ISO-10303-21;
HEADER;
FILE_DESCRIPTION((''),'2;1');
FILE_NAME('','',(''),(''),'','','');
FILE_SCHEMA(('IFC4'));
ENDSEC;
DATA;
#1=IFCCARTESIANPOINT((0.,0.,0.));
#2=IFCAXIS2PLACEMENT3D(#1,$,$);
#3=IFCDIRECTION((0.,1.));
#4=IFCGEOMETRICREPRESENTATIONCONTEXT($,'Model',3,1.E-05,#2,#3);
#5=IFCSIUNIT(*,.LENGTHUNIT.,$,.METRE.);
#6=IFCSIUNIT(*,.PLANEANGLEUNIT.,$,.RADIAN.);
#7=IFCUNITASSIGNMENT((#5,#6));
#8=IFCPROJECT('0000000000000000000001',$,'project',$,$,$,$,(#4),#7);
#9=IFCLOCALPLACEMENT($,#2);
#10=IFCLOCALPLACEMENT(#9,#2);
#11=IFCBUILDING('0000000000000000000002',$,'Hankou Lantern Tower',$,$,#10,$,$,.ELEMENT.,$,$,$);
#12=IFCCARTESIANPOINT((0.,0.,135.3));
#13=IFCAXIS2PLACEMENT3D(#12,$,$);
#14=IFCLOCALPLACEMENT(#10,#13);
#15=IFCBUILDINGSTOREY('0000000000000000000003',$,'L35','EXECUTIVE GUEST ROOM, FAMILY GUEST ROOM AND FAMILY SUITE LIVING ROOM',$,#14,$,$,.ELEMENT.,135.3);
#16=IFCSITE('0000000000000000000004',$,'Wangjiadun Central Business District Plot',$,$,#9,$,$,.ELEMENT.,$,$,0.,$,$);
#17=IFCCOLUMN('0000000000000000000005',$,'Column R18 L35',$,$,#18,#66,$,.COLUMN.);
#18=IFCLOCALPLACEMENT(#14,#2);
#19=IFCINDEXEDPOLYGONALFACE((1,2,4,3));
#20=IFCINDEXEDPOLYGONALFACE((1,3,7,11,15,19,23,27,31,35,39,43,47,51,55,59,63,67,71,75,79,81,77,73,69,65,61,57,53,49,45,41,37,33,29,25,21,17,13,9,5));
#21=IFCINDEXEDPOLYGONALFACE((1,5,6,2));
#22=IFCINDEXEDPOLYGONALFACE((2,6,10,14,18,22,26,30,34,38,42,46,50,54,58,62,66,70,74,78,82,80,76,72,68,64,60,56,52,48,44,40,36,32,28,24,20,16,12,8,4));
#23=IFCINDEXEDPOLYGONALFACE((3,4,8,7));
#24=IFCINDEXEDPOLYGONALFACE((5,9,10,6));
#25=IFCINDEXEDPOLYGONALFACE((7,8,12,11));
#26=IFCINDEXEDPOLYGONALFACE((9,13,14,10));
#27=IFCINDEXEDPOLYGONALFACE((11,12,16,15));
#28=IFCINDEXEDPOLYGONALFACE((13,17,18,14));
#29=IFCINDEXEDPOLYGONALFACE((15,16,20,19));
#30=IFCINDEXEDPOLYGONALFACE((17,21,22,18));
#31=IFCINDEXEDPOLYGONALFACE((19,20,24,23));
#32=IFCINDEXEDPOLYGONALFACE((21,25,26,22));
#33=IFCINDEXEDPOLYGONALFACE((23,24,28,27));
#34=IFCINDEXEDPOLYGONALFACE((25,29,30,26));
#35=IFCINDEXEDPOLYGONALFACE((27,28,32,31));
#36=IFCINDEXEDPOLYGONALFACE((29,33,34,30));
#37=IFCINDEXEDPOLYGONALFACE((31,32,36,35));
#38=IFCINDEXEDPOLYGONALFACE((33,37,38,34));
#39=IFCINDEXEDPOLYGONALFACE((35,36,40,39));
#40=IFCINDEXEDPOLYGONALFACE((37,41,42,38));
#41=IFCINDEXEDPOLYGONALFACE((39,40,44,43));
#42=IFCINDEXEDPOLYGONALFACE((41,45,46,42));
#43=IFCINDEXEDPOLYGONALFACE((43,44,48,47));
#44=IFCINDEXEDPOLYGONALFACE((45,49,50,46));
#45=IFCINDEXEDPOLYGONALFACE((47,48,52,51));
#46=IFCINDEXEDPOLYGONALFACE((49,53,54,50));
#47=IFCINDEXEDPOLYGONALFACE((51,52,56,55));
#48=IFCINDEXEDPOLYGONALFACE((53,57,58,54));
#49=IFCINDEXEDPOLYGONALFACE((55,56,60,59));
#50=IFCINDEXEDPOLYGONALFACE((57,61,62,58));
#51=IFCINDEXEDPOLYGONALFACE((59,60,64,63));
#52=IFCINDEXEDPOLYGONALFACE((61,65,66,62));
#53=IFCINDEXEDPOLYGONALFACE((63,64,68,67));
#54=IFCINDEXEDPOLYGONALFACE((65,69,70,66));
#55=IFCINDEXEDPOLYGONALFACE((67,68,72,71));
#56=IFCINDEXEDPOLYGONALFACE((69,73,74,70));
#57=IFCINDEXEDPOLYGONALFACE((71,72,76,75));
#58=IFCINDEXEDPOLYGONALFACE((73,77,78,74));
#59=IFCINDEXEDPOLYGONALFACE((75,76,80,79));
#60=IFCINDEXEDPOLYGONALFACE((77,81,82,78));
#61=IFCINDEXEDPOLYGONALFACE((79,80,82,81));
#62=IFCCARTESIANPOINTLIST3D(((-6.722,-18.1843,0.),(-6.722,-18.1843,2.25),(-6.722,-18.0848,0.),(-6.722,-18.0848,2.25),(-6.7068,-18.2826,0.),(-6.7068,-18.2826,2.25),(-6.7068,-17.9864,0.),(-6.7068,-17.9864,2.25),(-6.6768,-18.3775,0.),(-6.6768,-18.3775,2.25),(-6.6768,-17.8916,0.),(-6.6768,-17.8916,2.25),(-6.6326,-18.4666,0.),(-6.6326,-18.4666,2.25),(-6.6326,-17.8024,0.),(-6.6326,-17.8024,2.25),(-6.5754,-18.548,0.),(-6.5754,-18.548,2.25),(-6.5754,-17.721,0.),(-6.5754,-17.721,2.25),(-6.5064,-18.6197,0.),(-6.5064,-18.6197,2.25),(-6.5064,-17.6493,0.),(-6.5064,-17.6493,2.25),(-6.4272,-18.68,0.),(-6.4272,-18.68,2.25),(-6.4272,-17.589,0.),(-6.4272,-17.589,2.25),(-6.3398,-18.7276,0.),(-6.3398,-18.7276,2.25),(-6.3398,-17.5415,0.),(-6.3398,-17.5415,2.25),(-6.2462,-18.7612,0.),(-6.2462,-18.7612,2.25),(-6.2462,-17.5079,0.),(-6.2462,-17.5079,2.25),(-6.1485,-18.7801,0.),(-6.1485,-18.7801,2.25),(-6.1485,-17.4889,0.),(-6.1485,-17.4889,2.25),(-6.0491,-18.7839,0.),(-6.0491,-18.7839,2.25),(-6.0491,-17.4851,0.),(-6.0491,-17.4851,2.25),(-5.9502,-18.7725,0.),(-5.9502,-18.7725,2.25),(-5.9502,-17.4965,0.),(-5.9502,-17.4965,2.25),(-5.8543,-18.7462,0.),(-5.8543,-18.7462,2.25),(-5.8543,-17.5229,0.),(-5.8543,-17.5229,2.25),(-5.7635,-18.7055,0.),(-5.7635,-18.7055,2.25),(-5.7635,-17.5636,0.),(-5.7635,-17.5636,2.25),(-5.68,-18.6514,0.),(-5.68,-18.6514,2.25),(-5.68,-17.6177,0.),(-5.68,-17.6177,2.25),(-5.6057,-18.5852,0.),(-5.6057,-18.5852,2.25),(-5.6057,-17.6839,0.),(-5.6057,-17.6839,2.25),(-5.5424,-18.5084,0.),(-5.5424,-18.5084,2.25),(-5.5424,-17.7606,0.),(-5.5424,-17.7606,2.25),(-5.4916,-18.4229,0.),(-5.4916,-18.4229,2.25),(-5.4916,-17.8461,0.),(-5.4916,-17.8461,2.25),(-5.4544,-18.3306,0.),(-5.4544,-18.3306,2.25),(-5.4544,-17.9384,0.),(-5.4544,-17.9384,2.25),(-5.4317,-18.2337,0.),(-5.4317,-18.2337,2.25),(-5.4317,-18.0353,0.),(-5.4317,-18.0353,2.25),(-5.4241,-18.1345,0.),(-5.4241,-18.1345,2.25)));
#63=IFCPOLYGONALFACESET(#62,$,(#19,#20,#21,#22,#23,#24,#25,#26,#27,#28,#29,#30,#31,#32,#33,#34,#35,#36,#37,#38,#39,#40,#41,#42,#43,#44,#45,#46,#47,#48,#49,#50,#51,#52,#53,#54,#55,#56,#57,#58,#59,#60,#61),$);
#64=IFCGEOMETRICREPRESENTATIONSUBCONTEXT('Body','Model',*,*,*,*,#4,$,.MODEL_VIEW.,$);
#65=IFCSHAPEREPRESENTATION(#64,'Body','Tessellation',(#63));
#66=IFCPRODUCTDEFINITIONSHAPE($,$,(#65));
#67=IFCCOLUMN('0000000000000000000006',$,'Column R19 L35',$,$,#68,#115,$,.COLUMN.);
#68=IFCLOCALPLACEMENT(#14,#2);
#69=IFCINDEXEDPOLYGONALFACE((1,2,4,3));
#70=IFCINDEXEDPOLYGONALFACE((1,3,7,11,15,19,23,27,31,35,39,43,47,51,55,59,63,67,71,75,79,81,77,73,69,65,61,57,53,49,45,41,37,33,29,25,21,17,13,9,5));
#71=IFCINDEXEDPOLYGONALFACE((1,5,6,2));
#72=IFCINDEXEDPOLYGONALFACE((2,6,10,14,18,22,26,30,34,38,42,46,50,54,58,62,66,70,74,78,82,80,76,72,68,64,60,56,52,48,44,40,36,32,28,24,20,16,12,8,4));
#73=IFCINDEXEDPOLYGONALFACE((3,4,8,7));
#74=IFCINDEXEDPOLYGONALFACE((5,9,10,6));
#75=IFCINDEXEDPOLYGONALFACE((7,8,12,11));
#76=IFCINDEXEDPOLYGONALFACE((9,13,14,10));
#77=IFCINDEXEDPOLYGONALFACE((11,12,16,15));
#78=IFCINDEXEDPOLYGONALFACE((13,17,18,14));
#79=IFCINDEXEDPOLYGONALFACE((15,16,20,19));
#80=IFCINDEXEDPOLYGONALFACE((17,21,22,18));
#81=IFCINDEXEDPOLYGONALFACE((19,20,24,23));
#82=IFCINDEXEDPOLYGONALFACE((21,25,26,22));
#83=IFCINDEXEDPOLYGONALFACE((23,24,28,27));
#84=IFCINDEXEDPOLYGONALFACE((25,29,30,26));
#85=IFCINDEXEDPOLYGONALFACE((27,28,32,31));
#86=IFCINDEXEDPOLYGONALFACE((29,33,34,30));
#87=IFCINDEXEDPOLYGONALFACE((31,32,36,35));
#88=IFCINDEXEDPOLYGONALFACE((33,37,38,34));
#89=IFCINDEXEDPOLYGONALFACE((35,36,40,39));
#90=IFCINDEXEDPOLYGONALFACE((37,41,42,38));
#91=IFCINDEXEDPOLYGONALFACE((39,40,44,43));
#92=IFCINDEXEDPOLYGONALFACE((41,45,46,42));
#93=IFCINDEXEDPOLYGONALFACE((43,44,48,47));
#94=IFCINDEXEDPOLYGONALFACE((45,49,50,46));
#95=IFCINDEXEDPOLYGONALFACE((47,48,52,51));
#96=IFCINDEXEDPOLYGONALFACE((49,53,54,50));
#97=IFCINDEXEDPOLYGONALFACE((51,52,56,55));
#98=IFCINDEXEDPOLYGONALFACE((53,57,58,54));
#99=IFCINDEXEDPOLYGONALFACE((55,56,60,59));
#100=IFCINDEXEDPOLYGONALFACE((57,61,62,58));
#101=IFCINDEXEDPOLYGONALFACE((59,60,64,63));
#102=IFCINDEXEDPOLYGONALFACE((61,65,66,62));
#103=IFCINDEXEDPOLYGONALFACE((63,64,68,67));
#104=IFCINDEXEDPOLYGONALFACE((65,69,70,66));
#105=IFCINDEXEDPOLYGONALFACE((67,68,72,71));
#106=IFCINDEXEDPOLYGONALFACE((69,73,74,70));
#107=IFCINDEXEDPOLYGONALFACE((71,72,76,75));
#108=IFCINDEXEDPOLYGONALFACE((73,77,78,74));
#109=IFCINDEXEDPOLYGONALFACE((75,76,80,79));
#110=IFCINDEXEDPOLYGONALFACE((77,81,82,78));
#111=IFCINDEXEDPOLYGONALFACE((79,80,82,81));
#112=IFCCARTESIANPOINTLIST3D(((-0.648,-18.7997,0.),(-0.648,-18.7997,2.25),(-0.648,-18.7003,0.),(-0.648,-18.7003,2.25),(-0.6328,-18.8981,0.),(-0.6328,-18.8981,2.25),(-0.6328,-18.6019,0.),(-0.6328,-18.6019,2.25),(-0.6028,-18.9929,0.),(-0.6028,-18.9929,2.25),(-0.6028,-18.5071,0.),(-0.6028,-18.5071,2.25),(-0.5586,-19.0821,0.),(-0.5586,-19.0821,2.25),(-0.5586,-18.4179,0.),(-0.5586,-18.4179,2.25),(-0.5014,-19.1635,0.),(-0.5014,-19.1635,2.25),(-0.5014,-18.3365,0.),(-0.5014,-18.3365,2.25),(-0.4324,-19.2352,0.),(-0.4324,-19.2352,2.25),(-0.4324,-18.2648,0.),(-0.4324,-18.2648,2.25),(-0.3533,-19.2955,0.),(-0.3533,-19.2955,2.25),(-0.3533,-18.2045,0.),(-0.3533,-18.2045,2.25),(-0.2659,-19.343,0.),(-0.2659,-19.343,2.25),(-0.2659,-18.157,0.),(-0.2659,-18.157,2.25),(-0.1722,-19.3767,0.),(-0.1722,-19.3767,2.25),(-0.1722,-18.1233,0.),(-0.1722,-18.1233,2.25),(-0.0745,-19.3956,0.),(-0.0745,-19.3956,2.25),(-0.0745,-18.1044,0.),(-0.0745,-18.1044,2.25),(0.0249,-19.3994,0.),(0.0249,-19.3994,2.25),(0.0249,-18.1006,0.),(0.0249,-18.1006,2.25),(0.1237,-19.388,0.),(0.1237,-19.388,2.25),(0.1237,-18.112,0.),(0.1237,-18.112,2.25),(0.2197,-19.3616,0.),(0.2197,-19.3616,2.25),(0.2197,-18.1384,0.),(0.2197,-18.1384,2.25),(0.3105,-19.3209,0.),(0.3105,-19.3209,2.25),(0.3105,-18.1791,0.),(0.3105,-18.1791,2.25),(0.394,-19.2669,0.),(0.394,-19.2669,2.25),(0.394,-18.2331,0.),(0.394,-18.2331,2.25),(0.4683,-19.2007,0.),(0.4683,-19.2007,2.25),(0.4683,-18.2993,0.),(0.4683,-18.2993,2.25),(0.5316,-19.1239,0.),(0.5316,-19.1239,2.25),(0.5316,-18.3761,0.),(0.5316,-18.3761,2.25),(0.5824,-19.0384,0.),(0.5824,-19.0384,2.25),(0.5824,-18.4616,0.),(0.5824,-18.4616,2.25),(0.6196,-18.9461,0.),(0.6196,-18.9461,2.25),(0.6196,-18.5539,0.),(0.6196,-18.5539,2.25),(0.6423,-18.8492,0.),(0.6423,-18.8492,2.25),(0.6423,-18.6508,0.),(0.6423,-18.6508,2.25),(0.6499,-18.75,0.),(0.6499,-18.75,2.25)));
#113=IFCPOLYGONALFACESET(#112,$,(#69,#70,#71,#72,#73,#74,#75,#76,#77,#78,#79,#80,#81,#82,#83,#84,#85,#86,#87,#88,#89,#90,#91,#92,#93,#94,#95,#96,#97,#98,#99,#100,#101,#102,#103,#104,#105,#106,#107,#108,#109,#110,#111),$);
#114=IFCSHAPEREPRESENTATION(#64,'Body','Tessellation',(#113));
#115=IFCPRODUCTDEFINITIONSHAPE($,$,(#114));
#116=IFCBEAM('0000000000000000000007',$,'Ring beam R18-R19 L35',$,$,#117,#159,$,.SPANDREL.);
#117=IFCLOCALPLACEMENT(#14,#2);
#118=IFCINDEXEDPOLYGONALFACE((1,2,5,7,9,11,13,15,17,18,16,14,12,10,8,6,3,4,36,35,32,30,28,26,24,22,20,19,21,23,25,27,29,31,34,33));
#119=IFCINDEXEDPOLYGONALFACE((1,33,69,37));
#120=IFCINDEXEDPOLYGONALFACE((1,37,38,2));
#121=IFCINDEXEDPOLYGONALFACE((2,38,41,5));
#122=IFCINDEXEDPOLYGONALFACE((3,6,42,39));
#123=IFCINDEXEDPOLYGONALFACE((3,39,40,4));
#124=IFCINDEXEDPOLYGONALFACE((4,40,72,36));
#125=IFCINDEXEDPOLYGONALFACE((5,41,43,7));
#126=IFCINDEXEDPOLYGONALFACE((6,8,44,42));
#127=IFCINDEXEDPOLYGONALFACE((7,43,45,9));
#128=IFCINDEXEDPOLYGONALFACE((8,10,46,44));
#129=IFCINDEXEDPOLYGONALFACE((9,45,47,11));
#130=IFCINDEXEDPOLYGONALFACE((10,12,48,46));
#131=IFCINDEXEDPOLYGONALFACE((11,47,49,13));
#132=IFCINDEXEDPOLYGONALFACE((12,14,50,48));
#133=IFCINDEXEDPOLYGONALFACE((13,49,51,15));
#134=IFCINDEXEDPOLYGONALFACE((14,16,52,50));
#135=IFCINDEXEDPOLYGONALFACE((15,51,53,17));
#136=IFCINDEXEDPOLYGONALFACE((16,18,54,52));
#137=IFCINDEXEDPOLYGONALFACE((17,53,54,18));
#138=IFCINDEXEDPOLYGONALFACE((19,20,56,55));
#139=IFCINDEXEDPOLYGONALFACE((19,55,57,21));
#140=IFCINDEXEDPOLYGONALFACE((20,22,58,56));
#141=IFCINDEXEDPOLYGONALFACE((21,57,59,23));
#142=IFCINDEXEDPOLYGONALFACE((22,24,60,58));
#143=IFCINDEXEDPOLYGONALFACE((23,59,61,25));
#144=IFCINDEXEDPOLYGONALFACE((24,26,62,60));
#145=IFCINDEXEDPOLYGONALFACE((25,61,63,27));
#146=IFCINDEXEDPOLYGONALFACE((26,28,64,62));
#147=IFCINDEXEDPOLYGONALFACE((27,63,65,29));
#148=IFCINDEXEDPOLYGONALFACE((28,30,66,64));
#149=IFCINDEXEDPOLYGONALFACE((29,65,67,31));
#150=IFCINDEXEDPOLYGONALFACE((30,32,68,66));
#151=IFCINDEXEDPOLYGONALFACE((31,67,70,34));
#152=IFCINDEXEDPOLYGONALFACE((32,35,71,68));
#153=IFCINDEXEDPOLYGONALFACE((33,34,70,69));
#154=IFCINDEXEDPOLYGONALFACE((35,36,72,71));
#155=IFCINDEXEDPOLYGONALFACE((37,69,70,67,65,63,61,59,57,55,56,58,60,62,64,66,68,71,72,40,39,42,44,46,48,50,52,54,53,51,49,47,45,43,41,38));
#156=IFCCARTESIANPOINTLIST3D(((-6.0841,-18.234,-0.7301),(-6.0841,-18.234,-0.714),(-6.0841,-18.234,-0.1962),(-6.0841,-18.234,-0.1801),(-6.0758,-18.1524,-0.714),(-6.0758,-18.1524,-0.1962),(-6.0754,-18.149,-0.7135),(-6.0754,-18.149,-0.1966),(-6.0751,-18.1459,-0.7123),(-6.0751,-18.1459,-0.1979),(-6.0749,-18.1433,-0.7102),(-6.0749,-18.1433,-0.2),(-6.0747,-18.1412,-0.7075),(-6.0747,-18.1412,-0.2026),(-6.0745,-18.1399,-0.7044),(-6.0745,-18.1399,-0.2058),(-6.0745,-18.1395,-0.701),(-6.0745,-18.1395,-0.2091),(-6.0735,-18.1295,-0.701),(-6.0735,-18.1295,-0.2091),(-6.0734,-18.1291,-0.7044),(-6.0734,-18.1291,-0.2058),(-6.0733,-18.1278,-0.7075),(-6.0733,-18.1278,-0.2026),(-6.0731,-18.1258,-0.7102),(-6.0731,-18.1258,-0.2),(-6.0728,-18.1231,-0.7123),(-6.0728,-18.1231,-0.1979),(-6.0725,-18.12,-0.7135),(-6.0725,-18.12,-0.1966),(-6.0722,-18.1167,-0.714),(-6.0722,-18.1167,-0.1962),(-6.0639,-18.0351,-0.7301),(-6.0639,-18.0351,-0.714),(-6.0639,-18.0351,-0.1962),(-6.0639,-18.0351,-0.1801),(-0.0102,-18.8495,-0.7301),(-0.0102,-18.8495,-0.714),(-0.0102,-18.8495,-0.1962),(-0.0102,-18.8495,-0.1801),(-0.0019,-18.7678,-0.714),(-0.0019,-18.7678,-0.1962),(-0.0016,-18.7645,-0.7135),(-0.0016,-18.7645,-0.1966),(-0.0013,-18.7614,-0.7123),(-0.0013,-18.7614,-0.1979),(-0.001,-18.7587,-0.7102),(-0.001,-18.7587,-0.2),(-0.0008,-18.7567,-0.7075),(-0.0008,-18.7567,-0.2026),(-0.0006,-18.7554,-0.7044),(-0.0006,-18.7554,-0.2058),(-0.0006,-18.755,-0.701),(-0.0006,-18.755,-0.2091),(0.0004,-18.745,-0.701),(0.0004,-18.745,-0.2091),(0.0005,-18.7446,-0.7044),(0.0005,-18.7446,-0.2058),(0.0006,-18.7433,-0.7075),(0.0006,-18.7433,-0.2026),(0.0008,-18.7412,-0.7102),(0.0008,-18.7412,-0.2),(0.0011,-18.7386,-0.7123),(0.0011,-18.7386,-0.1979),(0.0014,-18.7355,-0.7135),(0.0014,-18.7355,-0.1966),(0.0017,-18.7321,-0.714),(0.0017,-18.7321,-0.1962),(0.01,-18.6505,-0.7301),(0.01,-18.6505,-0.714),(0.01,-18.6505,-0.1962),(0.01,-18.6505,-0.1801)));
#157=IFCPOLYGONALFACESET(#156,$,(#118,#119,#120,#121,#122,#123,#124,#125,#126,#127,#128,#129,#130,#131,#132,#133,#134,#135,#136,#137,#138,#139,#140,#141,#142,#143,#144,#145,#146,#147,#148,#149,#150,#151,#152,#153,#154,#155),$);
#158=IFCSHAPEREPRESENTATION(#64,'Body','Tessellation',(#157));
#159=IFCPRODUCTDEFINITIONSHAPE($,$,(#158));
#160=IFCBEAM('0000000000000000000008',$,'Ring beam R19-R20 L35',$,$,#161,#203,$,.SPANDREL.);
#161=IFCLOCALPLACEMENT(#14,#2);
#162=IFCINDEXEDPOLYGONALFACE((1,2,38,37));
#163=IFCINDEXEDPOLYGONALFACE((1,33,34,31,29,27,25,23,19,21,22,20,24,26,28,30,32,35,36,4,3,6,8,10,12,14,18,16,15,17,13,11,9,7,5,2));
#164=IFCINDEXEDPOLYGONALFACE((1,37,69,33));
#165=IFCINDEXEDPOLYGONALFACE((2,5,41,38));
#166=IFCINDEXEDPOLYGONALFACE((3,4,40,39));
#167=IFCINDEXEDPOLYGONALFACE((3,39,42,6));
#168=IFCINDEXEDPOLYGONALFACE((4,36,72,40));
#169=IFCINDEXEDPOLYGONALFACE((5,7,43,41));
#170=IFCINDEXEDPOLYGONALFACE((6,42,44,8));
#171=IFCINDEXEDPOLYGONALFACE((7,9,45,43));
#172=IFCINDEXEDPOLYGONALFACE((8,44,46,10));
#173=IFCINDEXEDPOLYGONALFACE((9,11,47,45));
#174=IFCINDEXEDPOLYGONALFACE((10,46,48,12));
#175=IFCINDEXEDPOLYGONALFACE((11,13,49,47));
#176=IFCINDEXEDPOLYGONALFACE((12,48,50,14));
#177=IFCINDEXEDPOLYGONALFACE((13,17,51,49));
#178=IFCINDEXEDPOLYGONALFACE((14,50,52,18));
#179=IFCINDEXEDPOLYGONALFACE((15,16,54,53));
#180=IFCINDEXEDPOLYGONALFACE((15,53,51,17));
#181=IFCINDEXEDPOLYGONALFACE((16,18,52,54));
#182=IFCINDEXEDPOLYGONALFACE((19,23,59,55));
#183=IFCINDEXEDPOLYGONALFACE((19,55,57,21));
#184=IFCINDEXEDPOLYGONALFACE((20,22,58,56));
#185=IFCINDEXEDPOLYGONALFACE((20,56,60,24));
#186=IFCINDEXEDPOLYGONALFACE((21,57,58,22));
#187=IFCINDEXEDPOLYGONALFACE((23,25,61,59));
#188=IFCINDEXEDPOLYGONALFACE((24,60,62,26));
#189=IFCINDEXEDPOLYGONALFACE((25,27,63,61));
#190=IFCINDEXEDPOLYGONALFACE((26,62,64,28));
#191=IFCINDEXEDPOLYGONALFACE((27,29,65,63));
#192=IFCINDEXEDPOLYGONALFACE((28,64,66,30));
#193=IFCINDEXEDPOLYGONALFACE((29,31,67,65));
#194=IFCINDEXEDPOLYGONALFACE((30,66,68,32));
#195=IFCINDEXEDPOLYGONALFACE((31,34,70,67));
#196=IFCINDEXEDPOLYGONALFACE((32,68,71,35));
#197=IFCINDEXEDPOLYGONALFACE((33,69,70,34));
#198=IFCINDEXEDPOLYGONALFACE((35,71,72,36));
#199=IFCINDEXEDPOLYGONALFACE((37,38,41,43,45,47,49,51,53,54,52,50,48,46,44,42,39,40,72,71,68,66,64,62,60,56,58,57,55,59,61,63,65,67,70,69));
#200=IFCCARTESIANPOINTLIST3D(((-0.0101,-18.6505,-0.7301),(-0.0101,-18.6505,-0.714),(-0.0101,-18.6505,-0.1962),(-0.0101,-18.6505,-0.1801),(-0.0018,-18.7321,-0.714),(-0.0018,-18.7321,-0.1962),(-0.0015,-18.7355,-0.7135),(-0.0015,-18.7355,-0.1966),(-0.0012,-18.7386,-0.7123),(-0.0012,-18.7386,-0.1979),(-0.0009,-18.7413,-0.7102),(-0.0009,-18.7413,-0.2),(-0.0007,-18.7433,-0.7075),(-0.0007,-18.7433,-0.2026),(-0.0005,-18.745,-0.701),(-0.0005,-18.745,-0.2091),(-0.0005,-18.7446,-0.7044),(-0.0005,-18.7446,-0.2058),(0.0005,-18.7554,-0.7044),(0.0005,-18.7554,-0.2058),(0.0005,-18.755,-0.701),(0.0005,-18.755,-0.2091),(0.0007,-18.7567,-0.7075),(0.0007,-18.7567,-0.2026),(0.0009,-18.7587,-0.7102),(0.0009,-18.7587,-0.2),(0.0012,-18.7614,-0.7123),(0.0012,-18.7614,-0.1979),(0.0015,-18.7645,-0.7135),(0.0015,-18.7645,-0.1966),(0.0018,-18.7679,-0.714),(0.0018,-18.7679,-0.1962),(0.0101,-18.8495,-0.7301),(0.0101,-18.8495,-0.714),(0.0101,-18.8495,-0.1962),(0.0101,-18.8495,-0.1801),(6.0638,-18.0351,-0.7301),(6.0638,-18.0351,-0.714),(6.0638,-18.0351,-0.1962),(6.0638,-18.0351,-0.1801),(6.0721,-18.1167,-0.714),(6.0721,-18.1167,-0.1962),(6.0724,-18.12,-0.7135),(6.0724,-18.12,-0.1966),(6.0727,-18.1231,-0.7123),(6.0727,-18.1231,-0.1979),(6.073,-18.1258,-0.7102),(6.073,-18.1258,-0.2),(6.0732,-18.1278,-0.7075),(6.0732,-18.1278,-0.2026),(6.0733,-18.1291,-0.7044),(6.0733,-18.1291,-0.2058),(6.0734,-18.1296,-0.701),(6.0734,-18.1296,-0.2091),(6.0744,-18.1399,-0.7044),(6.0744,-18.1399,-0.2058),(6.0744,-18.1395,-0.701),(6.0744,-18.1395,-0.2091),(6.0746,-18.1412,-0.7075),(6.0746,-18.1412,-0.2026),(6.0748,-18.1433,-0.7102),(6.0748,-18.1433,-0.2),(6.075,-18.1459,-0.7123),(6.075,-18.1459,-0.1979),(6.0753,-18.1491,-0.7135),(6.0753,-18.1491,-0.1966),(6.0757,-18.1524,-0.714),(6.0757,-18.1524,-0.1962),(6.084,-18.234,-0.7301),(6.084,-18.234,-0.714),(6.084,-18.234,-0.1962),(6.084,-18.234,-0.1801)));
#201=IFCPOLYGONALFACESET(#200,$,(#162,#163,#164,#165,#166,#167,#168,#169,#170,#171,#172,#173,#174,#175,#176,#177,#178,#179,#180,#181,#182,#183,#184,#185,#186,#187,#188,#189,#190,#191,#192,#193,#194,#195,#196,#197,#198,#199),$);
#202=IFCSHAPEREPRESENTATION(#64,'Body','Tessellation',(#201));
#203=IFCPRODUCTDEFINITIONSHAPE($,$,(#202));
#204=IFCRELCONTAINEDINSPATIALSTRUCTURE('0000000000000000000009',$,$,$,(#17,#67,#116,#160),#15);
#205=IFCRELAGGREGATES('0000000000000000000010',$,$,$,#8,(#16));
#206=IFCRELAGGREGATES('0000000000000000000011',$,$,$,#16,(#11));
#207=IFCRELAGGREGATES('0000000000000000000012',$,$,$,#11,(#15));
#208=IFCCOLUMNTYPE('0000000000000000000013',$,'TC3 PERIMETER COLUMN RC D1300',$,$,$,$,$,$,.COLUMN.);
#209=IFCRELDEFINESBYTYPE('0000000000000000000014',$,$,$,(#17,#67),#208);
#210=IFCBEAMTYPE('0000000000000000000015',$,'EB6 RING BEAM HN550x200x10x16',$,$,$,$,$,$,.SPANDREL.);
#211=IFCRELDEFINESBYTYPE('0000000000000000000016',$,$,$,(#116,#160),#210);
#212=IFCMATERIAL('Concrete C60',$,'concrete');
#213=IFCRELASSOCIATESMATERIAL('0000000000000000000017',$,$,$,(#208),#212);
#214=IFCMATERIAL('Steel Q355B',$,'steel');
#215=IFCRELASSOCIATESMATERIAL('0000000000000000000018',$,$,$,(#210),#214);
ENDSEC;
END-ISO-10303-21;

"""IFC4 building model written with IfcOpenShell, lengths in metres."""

from ifc_helpers import new_model, si_unit, direction, frame, origin, origin_2d, place, context, subcontext, project, spatial, circle, i_section, extrude, clip, halfspace, material, material_profile, profile_set, type_object, element, save


model = new_model("IFC4")

# Units and contexts
model_context = context("Model", 3, precision=1e-05, world=origin(), true_north=direction((0.0, 1.0)))
body_context = subcontext(model_context, "Body", "Model", "MODEL_VIEW")
ifc_project = project(units=[si_unit("LENGTHUNIT", "METRE"), si_unit("PLANEANGLEUNIT", "RADIAN")], contexts=[model_context])

# Site, building, storey
site_placement = place(None, origin())
site = spatial("IfcSite", under=ifc_project, at=site_placement, Name="Wangjiadun Central Business District Plot", CompositionType="ELEMENT", RefElevation=0.0)
building_placement = place(site_placement, origin())
building = spatial("IfcBuilding", under=site, at=building_placement, Name="Hankou Lantern Tower", CompositionType="ELEMENT")
storey_placement = place(building_placement, frame((0.0, 0.0, 135.3)))
storey = spatial("IfcBuildingStorey", under=building, at=storey_placement, Name="L35", Description="EXECUTIVE GUEST ROOM, FAMILY GUEST ROOM AND FAMILY SUITE LIVING ROOM", CompositionType="ELEMENT", Elevation=135.3)

# Columns
ifc_material_1 = material(Name="Concrete C60", Category="concrete")
ifc_material_profile_1 = material_profile(ifc_material_1, circle(Radius=0.6499, at=origin_2d()), Name="RC D1300")
ifc_profile_set_1 = profile_set([ifc_material_profile_1], Name="Concrete C60")
column_type = type_object("IfcColumnType", Name="TC3 PERIMETER COLUMN RC D1300", PredefinedType="COLUMN", material=ifc_profile_set_1)
for number, where, z_axis, x_axis, name in (
    (1, (-6.074, -18.1345, 0.0), (0.0, 0.0, 1.0), (1.0, 0.0, 0.0), "Column R18 L35"),
    (2, (0.0, -18.75, 0.0), (0.0, 0.0, 1.0), (1.0, 0.0, 0.0), "Column R19 L35"),
):
    element("IfcColumn", number, at=place(storey_placement, frame(where, z_axis=z_axis, x_axis=x_axis)), inside=storey, type_object=column_type, Name=name, PredefinedType="COLUMN", context=body_context, shape_type="Clipping", body=[
        clip(extrude(circle(Radius=0.6499, at=origin_2d()), origin(), (0.0, 0.0, 1.0), 3.3), halfspace(frame((0.0, 0.0, 2.25), z_axis=(0.0, 0.0, 1.0), x_axis=(1.0, 0.0, 0.0)), False)),
    ])

# Beams
ifc_material_2 = material(Name="Steel Q355B", Category="steel")
ifc_material_profile_2 = material_profile(ifc_material_2, i_section(OverallWidth=0.2, OverallDepth=0.55, WebThickness=0.01, FlangeThickness=0.0161, FilletRadius=0.0129, at=origin_2d()), Name="HN550x200x10x16")
ifc_profile_set_2 = profile_set([ifc_material_profile_2], Name="Steel Q355B")
beam_type_1 = type_object("IfcBeamType", Name="EB6 RING BEAM HN550x200x10x16", PredefinedType="SPANDREL", material=ifc_profile_set_2)
for number, where, z_axis, x_axis, name in (
    (3, (-6.074, -18.1345, -0.4551), (0.994905, -0.100814, 0.0), (0.100814, 0.994905, 0.0), "Ring beam R18-R19 L35"),
    (4, (0.0, -18.75, -0.4551), (0.994905, 0.100814, 0.0), (-0.100814, 0.994905, 0.0), "Ring beam R19-R20 L35"),
):
    element("IfcBeam", number, at=place(storey_placement, frame(where, z_axis=z_axis, x_axis=x_axis)), inside=storey, type_object=beam_type_1, Name=name, PredefinedType="SPANDREL", context=body_context, shape_type="SweptSolid", body=[
        extrude(i_section(OverallWidth=0.2, OverallDepth=0.55, WebThickness=0.01, FlangeThickness=0.0161, FilletRadius=0.0129, at=origin_2d()), origin(), (0.0, 0.0, 1.0), 6.105),
    ])

save(model, "model.ifc")
